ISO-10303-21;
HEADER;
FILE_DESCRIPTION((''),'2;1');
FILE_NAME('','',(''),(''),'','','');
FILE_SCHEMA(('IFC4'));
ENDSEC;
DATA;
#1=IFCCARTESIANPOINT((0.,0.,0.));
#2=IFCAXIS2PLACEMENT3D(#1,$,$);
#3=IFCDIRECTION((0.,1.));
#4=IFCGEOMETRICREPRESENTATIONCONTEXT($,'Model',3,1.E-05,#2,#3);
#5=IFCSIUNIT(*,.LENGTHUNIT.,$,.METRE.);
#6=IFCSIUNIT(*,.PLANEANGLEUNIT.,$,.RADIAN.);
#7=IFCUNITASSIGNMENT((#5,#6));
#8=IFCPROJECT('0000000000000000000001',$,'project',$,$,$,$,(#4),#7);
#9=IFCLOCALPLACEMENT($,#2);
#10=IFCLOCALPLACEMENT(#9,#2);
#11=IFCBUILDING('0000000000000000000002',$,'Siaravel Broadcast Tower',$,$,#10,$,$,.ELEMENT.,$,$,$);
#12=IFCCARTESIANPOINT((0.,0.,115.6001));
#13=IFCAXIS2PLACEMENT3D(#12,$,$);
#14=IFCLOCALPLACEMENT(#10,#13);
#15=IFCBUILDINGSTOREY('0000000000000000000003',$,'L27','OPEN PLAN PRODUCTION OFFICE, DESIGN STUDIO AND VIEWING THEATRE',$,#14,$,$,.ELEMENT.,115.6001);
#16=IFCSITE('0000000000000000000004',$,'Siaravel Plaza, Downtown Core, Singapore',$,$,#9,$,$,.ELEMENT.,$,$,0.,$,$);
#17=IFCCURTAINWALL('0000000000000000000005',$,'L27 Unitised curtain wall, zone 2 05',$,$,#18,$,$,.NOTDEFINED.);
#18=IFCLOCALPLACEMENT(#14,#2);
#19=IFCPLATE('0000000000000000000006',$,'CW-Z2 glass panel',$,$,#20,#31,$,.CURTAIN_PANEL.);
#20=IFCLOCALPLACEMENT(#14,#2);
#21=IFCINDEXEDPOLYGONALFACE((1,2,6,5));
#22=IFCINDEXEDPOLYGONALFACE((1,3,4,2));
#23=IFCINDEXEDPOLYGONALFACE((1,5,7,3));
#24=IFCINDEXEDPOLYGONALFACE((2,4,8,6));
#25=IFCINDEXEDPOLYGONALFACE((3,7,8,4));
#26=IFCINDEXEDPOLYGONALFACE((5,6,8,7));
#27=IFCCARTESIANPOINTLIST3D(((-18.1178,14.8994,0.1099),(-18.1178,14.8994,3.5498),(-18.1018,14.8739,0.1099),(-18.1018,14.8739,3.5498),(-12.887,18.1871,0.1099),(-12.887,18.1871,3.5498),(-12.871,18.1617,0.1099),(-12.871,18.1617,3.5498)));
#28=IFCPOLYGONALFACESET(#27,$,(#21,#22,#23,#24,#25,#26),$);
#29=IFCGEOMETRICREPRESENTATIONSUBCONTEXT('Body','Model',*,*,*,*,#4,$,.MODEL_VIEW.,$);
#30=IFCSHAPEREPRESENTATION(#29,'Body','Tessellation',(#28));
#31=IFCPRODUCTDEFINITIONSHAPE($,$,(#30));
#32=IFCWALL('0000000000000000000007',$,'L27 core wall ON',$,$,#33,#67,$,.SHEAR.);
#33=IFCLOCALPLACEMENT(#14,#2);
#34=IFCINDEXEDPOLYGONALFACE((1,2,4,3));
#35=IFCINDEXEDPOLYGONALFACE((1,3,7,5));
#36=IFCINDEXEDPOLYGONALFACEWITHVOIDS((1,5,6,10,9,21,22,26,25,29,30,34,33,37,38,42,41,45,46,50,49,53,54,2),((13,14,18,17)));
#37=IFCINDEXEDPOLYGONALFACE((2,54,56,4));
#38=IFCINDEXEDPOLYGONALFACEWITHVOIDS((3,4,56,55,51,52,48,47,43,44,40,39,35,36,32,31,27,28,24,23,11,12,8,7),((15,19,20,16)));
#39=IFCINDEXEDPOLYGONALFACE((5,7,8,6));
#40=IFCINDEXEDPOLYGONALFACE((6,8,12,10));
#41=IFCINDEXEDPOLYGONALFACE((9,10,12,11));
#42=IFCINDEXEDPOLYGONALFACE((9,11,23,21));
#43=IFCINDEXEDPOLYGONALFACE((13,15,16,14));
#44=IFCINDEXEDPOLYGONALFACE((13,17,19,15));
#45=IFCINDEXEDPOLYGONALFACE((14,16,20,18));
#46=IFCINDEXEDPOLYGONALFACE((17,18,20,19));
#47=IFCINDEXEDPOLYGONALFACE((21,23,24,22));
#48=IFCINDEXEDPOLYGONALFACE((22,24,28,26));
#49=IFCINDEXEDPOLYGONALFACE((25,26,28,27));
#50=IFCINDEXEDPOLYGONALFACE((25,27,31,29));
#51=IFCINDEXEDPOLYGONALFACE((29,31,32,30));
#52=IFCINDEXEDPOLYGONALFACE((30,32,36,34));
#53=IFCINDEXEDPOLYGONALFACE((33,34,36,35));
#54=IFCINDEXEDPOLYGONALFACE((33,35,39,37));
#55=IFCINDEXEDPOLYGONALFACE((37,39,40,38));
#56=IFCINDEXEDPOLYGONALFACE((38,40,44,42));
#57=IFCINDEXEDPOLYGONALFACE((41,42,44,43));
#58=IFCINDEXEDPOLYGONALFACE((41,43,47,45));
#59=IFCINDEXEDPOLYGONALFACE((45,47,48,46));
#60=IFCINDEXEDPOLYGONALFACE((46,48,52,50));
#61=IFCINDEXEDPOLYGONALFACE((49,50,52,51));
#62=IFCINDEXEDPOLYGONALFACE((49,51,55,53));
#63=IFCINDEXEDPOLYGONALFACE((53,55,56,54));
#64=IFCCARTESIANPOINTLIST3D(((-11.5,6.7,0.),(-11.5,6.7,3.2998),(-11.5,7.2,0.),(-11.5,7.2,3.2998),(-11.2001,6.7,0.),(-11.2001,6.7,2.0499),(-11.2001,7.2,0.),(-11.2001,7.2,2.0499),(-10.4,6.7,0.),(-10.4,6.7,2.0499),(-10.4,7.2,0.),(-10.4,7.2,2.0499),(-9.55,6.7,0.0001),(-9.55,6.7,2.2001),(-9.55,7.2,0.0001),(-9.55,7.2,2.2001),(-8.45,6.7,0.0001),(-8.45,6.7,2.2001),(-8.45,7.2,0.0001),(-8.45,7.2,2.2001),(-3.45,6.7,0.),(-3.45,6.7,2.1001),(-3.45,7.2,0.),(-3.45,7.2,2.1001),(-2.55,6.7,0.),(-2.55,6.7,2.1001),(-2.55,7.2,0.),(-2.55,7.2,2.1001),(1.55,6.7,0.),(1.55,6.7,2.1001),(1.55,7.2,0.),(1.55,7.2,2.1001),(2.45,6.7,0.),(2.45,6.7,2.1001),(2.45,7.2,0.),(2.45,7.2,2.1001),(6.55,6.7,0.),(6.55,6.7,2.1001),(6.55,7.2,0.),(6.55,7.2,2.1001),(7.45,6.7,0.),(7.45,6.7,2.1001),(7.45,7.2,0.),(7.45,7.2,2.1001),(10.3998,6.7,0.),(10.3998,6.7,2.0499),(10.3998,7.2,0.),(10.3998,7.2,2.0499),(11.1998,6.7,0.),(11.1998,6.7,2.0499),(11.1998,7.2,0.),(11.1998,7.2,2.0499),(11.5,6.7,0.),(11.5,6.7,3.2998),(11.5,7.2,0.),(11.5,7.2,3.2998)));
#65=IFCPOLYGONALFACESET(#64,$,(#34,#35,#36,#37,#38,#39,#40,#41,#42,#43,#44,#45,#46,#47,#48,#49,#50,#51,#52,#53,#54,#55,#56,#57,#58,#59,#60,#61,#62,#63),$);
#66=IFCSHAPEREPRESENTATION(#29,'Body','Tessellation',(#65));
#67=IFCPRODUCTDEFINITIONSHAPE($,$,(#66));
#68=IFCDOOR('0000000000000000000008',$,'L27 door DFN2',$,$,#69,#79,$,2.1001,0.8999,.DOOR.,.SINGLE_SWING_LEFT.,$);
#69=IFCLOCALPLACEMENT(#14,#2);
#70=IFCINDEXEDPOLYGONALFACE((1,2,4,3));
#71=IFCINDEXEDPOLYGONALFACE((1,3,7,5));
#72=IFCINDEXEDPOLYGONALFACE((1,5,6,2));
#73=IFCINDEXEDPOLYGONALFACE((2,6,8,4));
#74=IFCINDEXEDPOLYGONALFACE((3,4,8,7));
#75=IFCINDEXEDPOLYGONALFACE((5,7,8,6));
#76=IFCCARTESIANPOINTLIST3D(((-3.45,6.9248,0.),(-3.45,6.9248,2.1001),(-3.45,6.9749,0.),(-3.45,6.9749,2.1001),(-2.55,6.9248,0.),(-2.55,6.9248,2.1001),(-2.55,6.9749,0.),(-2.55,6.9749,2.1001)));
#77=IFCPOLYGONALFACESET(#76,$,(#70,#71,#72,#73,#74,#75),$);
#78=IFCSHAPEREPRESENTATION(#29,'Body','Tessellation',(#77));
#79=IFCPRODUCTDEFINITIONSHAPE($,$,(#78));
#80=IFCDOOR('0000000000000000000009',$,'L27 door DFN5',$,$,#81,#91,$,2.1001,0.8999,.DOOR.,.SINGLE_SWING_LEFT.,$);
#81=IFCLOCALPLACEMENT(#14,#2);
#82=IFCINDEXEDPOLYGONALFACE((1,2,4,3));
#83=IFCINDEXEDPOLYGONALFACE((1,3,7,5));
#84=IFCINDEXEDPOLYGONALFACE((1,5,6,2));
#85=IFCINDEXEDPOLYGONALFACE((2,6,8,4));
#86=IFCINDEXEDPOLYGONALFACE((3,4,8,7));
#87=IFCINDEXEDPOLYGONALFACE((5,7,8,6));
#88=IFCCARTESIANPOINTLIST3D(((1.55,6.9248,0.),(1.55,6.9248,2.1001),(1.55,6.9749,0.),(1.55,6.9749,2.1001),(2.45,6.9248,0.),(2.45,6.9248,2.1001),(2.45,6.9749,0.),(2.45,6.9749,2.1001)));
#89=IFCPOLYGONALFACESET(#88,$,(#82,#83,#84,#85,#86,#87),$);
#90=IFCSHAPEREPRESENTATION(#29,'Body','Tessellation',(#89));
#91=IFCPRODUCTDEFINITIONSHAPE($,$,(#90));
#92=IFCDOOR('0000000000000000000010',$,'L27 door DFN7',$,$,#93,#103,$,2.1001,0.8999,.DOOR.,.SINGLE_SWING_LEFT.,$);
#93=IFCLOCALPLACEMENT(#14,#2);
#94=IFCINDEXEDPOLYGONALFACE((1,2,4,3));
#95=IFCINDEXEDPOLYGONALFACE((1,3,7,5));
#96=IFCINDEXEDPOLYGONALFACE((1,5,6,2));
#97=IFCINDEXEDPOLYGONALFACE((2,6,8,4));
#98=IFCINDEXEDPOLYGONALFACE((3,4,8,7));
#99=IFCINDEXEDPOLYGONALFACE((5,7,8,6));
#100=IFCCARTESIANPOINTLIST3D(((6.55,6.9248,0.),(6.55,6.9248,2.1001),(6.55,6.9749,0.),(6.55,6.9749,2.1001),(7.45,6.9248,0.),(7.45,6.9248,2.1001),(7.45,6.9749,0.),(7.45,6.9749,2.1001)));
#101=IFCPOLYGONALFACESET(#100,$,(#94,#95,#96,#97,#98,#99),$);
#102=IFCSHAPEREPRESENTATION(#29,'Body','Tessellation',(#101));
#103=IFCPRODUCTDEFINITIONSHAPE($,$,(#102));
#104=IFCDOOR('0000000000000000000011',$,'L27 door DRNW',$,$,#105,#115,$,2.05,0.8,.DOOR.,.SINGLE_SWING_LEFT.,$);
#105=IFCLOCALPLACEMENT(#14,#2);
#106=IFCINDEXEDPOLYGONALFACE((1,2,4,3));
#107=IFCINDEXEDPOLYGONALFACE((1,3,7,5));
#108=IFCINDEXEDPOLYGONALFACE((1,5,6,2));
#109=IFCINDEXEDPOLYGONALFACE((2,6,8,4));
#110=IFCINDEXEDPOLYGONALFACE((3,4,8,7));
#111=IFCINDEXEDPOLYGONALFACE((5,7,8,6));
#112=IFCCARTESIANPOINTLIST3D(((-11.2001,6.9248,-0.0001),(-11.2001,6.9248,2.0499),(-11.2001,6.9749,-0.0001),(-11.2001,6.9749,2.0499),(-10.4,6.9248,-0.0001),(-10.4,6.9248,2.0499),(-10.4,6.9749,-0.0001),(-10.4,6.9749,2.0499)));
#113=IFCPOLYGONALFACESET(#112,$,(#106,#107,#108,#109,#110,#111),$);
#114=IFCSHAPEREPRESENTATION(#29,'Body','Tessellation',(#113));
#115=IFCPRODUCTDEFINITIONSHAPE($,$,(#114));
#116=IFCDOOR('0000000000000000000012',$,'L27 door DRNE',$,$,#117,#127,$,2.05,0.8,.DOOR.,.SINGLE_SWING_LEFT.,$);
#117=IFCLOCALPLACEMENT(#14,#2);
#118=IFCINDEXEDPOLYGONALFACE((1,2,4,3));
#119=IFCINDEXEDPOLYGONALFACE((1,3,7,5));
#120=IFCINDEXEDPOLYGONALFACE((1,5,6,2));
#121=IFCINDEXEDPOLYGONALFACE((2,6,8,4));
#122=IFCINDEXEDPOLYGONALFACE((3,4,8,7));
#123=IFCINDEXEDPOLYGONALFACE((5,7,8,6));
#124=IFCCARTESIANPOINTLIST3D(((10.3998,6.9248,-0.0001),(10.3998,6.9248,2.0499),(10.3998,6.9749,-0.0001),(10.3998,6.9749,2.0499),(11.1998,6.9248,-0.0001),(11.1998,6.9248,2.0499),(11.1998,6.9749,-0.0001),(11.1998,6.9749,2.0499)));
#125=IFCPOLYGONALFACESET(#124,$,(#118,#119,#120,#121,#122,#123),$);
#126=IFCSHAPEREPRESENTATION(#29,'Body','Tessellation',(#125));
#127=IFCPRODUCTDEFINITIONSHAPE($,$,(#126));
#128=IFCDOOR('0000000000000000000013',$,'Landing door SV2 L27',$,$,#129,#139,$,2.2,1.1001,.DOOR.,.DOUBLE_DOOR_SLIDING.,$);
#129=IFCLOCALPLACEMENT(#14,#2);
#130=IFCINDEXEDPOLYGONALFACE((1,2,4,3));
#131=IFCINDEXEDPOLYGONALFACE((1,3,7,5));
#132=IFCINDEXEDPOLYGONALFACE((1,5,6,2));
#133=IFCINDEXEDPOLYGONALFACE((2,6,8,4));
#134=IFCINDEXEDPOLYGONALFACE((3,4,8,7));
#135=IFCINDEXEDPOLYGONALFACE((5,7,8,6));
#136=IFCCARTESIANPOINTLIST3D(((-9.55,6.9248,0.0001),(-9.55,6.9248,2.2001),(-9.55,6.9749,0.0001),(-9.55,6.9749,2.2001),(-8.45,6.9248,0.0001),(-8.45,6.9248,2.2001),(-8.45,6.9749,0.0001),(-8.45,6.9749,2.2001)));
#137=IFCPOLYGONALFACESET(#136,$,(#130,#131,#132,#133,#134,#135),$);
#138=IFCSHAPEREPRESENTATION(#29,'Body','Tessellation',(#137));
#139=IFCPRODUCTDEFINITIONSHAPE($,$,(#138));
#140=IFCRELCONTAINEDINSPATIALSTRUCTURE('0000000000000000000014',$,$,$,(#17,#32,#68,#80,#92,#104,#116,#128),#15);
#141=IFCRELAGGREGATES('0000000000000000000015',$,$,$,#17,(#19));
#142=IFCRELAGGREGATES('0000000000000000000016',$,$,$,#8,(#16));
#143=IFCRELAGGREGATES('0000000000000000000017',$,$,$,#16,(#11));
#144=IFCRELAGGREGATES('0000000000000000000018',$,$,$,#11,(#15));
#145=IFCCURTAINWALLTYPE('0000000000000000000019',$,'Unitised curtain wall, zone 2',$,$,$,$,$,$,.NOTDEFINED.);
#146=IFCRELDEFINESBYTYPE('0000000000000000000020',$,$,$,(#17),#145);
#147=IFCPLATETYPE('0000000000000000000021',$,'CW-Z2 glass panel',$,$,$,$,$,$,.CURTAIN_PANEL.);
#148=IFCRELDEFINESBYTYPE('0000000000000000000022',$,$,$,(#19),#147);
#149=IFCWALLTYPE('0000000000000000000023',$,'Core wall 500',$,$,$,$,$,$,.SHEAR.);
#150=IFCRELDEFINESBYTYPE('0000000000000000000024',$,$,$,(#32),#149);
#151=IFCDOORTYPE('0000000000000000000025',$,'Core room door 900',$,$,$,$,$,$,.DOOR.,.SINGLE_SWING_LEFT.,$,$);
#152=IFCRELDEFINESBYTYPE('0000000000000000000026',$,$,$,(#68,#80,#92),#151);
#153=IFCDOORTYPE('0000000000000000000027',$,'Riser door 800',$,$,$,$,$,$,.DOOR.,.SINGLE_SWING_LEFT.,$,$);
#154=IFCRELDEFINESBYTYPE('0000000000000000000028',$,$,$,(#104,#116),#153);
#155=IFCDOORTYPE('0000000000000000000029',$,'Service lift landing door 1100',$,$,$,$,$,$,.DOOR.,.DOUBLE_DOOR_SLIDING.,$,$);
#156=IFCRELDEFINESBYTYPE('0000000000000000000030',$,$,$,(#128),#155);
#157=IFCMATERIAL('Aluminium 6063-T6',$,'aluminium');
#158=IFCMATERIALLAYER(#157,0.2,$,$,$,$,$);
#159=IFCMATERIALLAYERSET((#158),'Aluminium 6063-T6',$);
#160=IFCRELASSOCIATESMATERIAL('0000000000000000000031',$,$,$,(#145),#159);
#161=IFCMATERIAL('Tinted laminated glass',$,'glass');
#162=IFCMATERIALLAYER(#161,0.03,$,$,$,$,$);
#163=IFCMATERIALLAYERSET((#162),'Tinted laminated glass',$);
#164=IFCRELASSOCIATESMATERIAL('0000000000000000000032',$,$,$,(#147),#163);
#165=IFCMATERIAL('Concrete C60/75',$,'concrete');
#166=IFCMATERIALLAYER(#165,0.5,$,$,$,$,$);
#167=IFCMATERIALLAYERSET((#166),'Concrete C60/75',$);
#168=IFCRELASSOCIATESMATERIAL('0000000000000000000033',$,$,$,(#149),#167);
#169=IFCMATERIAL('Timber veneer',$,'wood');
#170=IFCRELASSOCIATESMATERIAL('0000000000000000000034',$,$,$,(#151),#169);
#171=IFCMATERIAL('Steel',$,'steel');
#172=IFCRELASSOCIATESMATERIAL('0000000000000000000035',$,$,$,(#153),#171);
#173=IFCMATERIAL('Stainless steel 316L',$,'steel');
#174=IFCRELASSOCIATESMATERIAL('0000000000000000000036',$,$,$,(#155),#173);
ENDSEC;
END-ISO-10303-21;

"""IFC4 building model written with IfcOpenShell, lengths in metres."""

from ifc_helpers import new_model, si_unit, direction, frame, frame_2d, origin, origin_2d, place, context, subcontext, project, spatial, rectangle, extrude, material, layer, layer_set, type_object, element, fill, aggregate, save


model = new_model("IFC4")

# Units and contexts
model_context = context("Model", 3, precision=1e-05, world=origin(), true_north=direction((0.0, 1.0)))
body_context = subcontext(model_context, "Body", "Model", "MODEL_VIEW")
ifc_project = project(units=[si_unit("LENGTHUNIT", "METRE"), si_unit("PLANEANGLEUNIT", "RADIAN")], contexts=[model_context])

# Site, building, storey
site_placement = place(None, origin())
site = spatial("IfcSite", under=ifc_project, at=site_placement, Name="Siaravel Plaza, Downtown Core, Singapore", CompositionType="ELEMENT", RefElevation=0.0)
building_placement = place(site_placement, origin())
building = spatial("IfcBuilding", under=site, at=building_placement, Name="Siaravel Broadcast Tower", CompositionType="ELEMENT")
storey_placement = place(building_placement, frame((0.0, 0.0, 115.6001)))
storey = spatial("IfcBuildingStorey", under=building, at=storey_placement, Name="L27", Description="OPEN PLAN PRODUCTION OFFICE, DESIGN STUDIO AND VIEWING THEATRE", CompositionType="ELEMENT", Elevation=115.6001)

# Curtain wall, plate
ifc_material_1 = material(Name="Aluminium 6063-T6", Category="aluminium")
ifc_layer_1 = layer(ifc_material_1, 0.2)
ifc_layer_set_1 = layer_set([ifc_layer_1], Name="Aluminium 6063-T6")
curtain_wall_type = type_object("IfcCurtainWallType", Name="Unitised curtain wall, zone 2", PredefinedType="NOTDEFINED", material=ifc_layer_set_1)
curtain_wall_placement = place(storey_placement, origin())
curtain_wall = element("IfcCurtainWall", 1, at=curtain_wall_placement, inside=storey, type_object=curtain_wall_type, Name="L27 Unitised curtain wall, zone 2 05", PredefinedType="NOTDEFINED")
ifc_material_2 = material(Name="Tinted laminated glass", Category="glass")
ifc_layer_2 = layer(ifc_material_2, 0.03)
ifc_layer_set_2 = layer_set([ifc_layer_2], Name="Tinted laminated glass")
plate_type = type_object("IfcPlateType", Name="CW-Z2 glass panel", PredefinedType="CURTAIN_PANEL", material=ifc_layer_set_2)
plate_placement = place(storey_placement, frame((-15.4944, 16.5305, 0.1099), z_axis=(0.0, 0.0, 1.0), x_axis=(-0.846651, -0.532149, 0.0)))
plate = element("IfcPlate", 2, at=plate_placement, type_object=plate_type, Name="CW-Z2 glass panel", PredefinedType="CURTAIN_PANEL", context=body_context, shape_type="SweptSolid", body=[
    extrude(rectangle(XDim=6.1782, YDim=0.03, at=origin_2d()), origin(), (0.0, 0.0, 1.0), 3.4399),
])
aggregate(curtain_wall, [plate])

# Wall, openings, doors
ifc_material_3 = material(Name="Concrete C60/75", Category="concrete")
ifc_layer_3 = layer(ifc_material_3, 0.5)
ifc_layer_set_3 = layer_set([ifc_layer_3], Name="Concrete C60/75")
wall_type_1 = type_object("IfcWallType", Name="Core wall 500", PredefinedType="SHEAR", material=ifc_layer_set_3)
wall_1_placement = place(storey_placement, frame((-11.5, 6.95, 0.0), z_axis=(0.0, 0.0, 1.0), x_axis=(1.0, 0.0, 0.0)))
wall_1 = element("IfcWall", 3, at=wall_1_placement, inside=storey, type_object=wall_type_1, Name="L27 core wall ON", PredefinedType="SHEAR", context=body_context, shape_type="SweptSolid", body=[
    extrude(rectangle(XDim=23.0, YDim=0.5, at=frame_2d((11.5, 0.0))), origin(), (0.0, 0.0, 1.0), 3.2998),
])
opening_1_placement = place(wall_1_placement, frame((1.95, 0.0, 0.0)))
opening_1 = element("IfcOpeningElement", 4, at=opening_1_placement, cuts=wall_1, PredefinedType="OPENING", context=body_context, shape_type="SweptSolid", body=[
    extrude(rectangle(XDim=1.1001, YDim=2.2, at=frame_2d((0.55, 1.1001))), frame((0.0, 0.26, 0.0), z_axis=(0.0, -1.0, 0.0), x_axis=(1.0, 0.0, 0.0)), (0.0, 0.0, 1.0), 0.52),
])
opening_2_placement = place(wall_1_placement, frame((8.05, 0.0, 0.0)))
opening_2 = element("IfcOpeningElement", 5, at=opening_2_placement, cuts=wall_1, PredefinedType="OPENING", context=body_context, shape_type="SweptSolid", body=[
    extrude(rectangle(XDim=0.8999, YDim=2.1001, at=frame_2d((0.45, 1.05))), frame((0.0, 0.26, 0.0), z_axis=(0.0, -1.0, 0.0), x_axis=(1.0, 0.0, 0.0)), (0.0, 0.0, 1.0), 0.52),
])
opening_3_placement = place(wall_1_placement, frame((13.05, 0.0, 0.0)))
opening_3 = element("IfcOpeningElement", 6, at=opening_3_placement, cuts=wall_1, PredefinedType="OPENING", context=body_context, shape_type="SweptSolid", body=[
    extrude(rectangle(XDim=0.8999, YDim=2.1001, at=frame_2d((0.45, 1.05))), frame((0.0, 0.26, 0.0), z_axis=(0.0, -1.0, 0.0), x_axis=(1.0, 0.0, 0.0)), (0.0, 0.0, 1.0), 0.52),
])
opening_4_placement = place(wall_1_placement, frame((18.05, 0.0, 0.0)))
opening_4 = element("IfcOpeningElement", 7, at=opening_4_placement, cuts=wall_1, PredefinedType="OPENING", context=body_context, shape_type="SweptSolid", body=[
    extrude(rectangle(XDim=0.8999, YDim=2.1001, at=frame_2d((0.45, 1.05))), frame((0.0, 0.26, 0.0), z_axis=(0.0, -1.0, 0.0), x_axis=(1.0, 0.0, 0.0)), (0.0, 0.0, 1.0), 0.52),
])
opening_5_placement = place(wall_1_placement, frame((0.3, 0.0, 0.0)))
opening_5 = element("IfcOpeningElement", 8, at=opening_5_placement, cuts=wall_1, PredefinedType="OPENING", context=body_context, shape_type="SweptSolid", body=[
    extrude(rectangle(XDim=0.8, YDim=2.05, at=frame_2d((0.3999, 1.0249))), frame((0.0, 0.26, 0.0), z_axis=(0.0, -1.0, 0.0), x_axis=(1.0, 0.0, 0.0)), (0.0, 0.0, 1.0), 0.52),
])
opening_6_placement = place(wall_1_placement, frame((21.8999, 0.0, 0.0)))
opening_6 = element("IfcOpeningElement", 9, at=opening_6_placement, cuts=wall_1, PredefinedType="OPENING", context=body_context, shape_type="SweptSolid", body=[
    extrude(rectangle(XDim=0.8, YDim=2.05, at=frame_2d((0.3999, 1.0249))), frame((0.0, 0.26, 0.0), z_axis=(0.0, -1.0, 0.0), x_axis=(1.0, 0.0, 0.0)), (0.0, 0.0, 1.0), 0.52),
])
ifc_material_4 = material(Name="Timber veneer", Category="wood")
door_type_1 = type_object("IfcDoorType", Name="Core room door 900", OperationType="SINGLE_SWING_LEFT", PredefinedType="DOOR", material=ifc_material_4)
door_1_placement = place(opening_2_placement, origin())
door_1 = element("IfcDoor", 10, at=door_1_placement, inside=storey, type_object=door_type_1, Name="L27 door DFN2", OperationType="SINGLE_SWING_LEFT", OverallHeight=2.1001, OverallWidth=0.8999, PredefinedType="DOOR", context=body_context, shape_type="SweptSolid", body=[
    extrude(rectangle(XDim=0.8999, YDim=2.1001, at=frame_2d((0.45, 1.05))), frame((0.0, 0.0249, 0.0), z_axis=(0.0, -1.0, 0.0), x_axis=(1.0, 0.0, 0.0)), (0.0, 0.0, 1.0), 0.05),
])
fill(opening_2, door_1)
door_2_placement = place(opening_3_placement, origin())
door_2 = element("IfcDoor", 11, at=door_2_placement, inside=storey, type_object=door_type_1, Name="L27 door DFN5", OperationType="SINGLE_SWING_LEFT", OverallHeight=2.1001, OverallWidth=0.8999, PredefinedType="DOOR", context=body_context, shape_type="SweptSolid", body=[
    extrude(rectangle(XDim=0.8999, YDim=2.1001, at=frame_2d((0.45, 1.05))), frame((0.0, 0.0249, 0.0), z_axis=(0.0, -1.0, 0.0), x_axis=(1.0, 0.0, 0.0)), (0.0, 0.0, 1.0), 0.05),
])
fill(opening_3, door_2)
door_3_placement = place(opening_4_placement, origin())
door_3 = element("IfcDoor", 12, at=door_3_placement, inside=storey, type_object=door_type_1, Name="L27 door DFN7", OperationType="SINGLE_SWING_LEFT", OverallHeight=2.1001, OverallWidth=0.8999, PredefinedType="DOOR", context=body_context, shape_type="SweptSolid", body=[
    extrude(rectangle(XDim=0.8999, YDim=2.1001, at=frame_2d((0.45, 1.05))), frame((0.0, 0.0249, 0.0), z_axis=(0.0, -1.0, 0.0), x_axis=(1.0, 0.0, 0.0)), (0.0, 0.0, 1.0), 0.05),
])
fill(opening_4, door_3)
ifc_material_5 = material(Name="Steel", Category="steel")
door_type_2 = type_object("IfcDoorType", Name="Riser door 800", OperationType="SINGLE_SWING_LEFT", PredefinedType="DOOR", material=ifc_material_5)
door_4_placement = place(opening_5_placement, origin())
door_4 = element("IfcDoor", 13, at=door_4_placement, inside=storey, type_object=door_type_2, Name="L27 door DRNW", OperationType="SINGLE_SWING_LEFT", OverallHeight=2.05, OverallWidth=0.8, PredefinedType="DOOR", context=body_context, shape_type="SweptSolid", body=[
    extrude(rectangle(XDim=0.8, YDim=2.05, at=frame_2d((0.3999, 1.0249))), frame((0.0, 0.0249, 0.0), z_axis=(0.0, -1.0, 0.0), x_axis=(1.0, 0.0, 0.0)), (0.0, 0.0, 1.0), 0.05),
])
fill(opening_5, door_4)
door_5_placement = place(opening_6_placement, origin())
door_5 = element("IfcDoor", 14, at=door_5_placement, inside=storey, type_object=door_type_2, Name="L27 door DRNE", OperationType="SINGLE_SWING_LEFT", OverallHeight=2.05, OverallWidth=0.8, PredefinedType="DOOR", context=body_context, shape_type="SweptSolid", body=[
    extrude(rectangle(XDim=0.8, YDim=2.05, at=frame_2d((0.3999, 1.0249))), frame((0.0, 0.0249, 0.0), z_axis=(0.0, -1.0, 0.0), x_axis=(1.0, 0.0, 0.0)), (0.0, 0.0, 1.0), 0.05),
])
fill(opening_6, door_5)
ifc_material_6 = material(Name="Stainless steel 316L", Category="steel")
door_type_3 = type_object("IfcDoorType", Name="Service lift landing door 1100", OperationType="DOUBLE_DOOR_SLIDING", PredefinedType="DOOR", material=ifc_material_6)
door_6_placement = place(opening_1_placement, origin())
door_6 = element("IfcDoor", 15, at=door_6_placement, inside=storey, type_object=door_type_3, Name="Landing door SV2 L27", OperationType="DOUBLE_DOOR_SLIDING", OverallHeight=2.2, OverallWidth=1.1001, PredefinedType="DOOR", context=body_context, shape_type="SweptSolid", body=[
    extrude(rectangle(XDim=1.1001, YDim=2.2, at=frame_2d((0.55, 1.1001))), frame((0.0, 0.0249, 0.0), z_axis=(0.0, -1.0, 0.0), x_axis=(1.0, 0.0, 0.0)), (0.0, 0.0, 1.0), 0.05),
])
fill(opening_1, door_6)

save(model, "model.ifc")
